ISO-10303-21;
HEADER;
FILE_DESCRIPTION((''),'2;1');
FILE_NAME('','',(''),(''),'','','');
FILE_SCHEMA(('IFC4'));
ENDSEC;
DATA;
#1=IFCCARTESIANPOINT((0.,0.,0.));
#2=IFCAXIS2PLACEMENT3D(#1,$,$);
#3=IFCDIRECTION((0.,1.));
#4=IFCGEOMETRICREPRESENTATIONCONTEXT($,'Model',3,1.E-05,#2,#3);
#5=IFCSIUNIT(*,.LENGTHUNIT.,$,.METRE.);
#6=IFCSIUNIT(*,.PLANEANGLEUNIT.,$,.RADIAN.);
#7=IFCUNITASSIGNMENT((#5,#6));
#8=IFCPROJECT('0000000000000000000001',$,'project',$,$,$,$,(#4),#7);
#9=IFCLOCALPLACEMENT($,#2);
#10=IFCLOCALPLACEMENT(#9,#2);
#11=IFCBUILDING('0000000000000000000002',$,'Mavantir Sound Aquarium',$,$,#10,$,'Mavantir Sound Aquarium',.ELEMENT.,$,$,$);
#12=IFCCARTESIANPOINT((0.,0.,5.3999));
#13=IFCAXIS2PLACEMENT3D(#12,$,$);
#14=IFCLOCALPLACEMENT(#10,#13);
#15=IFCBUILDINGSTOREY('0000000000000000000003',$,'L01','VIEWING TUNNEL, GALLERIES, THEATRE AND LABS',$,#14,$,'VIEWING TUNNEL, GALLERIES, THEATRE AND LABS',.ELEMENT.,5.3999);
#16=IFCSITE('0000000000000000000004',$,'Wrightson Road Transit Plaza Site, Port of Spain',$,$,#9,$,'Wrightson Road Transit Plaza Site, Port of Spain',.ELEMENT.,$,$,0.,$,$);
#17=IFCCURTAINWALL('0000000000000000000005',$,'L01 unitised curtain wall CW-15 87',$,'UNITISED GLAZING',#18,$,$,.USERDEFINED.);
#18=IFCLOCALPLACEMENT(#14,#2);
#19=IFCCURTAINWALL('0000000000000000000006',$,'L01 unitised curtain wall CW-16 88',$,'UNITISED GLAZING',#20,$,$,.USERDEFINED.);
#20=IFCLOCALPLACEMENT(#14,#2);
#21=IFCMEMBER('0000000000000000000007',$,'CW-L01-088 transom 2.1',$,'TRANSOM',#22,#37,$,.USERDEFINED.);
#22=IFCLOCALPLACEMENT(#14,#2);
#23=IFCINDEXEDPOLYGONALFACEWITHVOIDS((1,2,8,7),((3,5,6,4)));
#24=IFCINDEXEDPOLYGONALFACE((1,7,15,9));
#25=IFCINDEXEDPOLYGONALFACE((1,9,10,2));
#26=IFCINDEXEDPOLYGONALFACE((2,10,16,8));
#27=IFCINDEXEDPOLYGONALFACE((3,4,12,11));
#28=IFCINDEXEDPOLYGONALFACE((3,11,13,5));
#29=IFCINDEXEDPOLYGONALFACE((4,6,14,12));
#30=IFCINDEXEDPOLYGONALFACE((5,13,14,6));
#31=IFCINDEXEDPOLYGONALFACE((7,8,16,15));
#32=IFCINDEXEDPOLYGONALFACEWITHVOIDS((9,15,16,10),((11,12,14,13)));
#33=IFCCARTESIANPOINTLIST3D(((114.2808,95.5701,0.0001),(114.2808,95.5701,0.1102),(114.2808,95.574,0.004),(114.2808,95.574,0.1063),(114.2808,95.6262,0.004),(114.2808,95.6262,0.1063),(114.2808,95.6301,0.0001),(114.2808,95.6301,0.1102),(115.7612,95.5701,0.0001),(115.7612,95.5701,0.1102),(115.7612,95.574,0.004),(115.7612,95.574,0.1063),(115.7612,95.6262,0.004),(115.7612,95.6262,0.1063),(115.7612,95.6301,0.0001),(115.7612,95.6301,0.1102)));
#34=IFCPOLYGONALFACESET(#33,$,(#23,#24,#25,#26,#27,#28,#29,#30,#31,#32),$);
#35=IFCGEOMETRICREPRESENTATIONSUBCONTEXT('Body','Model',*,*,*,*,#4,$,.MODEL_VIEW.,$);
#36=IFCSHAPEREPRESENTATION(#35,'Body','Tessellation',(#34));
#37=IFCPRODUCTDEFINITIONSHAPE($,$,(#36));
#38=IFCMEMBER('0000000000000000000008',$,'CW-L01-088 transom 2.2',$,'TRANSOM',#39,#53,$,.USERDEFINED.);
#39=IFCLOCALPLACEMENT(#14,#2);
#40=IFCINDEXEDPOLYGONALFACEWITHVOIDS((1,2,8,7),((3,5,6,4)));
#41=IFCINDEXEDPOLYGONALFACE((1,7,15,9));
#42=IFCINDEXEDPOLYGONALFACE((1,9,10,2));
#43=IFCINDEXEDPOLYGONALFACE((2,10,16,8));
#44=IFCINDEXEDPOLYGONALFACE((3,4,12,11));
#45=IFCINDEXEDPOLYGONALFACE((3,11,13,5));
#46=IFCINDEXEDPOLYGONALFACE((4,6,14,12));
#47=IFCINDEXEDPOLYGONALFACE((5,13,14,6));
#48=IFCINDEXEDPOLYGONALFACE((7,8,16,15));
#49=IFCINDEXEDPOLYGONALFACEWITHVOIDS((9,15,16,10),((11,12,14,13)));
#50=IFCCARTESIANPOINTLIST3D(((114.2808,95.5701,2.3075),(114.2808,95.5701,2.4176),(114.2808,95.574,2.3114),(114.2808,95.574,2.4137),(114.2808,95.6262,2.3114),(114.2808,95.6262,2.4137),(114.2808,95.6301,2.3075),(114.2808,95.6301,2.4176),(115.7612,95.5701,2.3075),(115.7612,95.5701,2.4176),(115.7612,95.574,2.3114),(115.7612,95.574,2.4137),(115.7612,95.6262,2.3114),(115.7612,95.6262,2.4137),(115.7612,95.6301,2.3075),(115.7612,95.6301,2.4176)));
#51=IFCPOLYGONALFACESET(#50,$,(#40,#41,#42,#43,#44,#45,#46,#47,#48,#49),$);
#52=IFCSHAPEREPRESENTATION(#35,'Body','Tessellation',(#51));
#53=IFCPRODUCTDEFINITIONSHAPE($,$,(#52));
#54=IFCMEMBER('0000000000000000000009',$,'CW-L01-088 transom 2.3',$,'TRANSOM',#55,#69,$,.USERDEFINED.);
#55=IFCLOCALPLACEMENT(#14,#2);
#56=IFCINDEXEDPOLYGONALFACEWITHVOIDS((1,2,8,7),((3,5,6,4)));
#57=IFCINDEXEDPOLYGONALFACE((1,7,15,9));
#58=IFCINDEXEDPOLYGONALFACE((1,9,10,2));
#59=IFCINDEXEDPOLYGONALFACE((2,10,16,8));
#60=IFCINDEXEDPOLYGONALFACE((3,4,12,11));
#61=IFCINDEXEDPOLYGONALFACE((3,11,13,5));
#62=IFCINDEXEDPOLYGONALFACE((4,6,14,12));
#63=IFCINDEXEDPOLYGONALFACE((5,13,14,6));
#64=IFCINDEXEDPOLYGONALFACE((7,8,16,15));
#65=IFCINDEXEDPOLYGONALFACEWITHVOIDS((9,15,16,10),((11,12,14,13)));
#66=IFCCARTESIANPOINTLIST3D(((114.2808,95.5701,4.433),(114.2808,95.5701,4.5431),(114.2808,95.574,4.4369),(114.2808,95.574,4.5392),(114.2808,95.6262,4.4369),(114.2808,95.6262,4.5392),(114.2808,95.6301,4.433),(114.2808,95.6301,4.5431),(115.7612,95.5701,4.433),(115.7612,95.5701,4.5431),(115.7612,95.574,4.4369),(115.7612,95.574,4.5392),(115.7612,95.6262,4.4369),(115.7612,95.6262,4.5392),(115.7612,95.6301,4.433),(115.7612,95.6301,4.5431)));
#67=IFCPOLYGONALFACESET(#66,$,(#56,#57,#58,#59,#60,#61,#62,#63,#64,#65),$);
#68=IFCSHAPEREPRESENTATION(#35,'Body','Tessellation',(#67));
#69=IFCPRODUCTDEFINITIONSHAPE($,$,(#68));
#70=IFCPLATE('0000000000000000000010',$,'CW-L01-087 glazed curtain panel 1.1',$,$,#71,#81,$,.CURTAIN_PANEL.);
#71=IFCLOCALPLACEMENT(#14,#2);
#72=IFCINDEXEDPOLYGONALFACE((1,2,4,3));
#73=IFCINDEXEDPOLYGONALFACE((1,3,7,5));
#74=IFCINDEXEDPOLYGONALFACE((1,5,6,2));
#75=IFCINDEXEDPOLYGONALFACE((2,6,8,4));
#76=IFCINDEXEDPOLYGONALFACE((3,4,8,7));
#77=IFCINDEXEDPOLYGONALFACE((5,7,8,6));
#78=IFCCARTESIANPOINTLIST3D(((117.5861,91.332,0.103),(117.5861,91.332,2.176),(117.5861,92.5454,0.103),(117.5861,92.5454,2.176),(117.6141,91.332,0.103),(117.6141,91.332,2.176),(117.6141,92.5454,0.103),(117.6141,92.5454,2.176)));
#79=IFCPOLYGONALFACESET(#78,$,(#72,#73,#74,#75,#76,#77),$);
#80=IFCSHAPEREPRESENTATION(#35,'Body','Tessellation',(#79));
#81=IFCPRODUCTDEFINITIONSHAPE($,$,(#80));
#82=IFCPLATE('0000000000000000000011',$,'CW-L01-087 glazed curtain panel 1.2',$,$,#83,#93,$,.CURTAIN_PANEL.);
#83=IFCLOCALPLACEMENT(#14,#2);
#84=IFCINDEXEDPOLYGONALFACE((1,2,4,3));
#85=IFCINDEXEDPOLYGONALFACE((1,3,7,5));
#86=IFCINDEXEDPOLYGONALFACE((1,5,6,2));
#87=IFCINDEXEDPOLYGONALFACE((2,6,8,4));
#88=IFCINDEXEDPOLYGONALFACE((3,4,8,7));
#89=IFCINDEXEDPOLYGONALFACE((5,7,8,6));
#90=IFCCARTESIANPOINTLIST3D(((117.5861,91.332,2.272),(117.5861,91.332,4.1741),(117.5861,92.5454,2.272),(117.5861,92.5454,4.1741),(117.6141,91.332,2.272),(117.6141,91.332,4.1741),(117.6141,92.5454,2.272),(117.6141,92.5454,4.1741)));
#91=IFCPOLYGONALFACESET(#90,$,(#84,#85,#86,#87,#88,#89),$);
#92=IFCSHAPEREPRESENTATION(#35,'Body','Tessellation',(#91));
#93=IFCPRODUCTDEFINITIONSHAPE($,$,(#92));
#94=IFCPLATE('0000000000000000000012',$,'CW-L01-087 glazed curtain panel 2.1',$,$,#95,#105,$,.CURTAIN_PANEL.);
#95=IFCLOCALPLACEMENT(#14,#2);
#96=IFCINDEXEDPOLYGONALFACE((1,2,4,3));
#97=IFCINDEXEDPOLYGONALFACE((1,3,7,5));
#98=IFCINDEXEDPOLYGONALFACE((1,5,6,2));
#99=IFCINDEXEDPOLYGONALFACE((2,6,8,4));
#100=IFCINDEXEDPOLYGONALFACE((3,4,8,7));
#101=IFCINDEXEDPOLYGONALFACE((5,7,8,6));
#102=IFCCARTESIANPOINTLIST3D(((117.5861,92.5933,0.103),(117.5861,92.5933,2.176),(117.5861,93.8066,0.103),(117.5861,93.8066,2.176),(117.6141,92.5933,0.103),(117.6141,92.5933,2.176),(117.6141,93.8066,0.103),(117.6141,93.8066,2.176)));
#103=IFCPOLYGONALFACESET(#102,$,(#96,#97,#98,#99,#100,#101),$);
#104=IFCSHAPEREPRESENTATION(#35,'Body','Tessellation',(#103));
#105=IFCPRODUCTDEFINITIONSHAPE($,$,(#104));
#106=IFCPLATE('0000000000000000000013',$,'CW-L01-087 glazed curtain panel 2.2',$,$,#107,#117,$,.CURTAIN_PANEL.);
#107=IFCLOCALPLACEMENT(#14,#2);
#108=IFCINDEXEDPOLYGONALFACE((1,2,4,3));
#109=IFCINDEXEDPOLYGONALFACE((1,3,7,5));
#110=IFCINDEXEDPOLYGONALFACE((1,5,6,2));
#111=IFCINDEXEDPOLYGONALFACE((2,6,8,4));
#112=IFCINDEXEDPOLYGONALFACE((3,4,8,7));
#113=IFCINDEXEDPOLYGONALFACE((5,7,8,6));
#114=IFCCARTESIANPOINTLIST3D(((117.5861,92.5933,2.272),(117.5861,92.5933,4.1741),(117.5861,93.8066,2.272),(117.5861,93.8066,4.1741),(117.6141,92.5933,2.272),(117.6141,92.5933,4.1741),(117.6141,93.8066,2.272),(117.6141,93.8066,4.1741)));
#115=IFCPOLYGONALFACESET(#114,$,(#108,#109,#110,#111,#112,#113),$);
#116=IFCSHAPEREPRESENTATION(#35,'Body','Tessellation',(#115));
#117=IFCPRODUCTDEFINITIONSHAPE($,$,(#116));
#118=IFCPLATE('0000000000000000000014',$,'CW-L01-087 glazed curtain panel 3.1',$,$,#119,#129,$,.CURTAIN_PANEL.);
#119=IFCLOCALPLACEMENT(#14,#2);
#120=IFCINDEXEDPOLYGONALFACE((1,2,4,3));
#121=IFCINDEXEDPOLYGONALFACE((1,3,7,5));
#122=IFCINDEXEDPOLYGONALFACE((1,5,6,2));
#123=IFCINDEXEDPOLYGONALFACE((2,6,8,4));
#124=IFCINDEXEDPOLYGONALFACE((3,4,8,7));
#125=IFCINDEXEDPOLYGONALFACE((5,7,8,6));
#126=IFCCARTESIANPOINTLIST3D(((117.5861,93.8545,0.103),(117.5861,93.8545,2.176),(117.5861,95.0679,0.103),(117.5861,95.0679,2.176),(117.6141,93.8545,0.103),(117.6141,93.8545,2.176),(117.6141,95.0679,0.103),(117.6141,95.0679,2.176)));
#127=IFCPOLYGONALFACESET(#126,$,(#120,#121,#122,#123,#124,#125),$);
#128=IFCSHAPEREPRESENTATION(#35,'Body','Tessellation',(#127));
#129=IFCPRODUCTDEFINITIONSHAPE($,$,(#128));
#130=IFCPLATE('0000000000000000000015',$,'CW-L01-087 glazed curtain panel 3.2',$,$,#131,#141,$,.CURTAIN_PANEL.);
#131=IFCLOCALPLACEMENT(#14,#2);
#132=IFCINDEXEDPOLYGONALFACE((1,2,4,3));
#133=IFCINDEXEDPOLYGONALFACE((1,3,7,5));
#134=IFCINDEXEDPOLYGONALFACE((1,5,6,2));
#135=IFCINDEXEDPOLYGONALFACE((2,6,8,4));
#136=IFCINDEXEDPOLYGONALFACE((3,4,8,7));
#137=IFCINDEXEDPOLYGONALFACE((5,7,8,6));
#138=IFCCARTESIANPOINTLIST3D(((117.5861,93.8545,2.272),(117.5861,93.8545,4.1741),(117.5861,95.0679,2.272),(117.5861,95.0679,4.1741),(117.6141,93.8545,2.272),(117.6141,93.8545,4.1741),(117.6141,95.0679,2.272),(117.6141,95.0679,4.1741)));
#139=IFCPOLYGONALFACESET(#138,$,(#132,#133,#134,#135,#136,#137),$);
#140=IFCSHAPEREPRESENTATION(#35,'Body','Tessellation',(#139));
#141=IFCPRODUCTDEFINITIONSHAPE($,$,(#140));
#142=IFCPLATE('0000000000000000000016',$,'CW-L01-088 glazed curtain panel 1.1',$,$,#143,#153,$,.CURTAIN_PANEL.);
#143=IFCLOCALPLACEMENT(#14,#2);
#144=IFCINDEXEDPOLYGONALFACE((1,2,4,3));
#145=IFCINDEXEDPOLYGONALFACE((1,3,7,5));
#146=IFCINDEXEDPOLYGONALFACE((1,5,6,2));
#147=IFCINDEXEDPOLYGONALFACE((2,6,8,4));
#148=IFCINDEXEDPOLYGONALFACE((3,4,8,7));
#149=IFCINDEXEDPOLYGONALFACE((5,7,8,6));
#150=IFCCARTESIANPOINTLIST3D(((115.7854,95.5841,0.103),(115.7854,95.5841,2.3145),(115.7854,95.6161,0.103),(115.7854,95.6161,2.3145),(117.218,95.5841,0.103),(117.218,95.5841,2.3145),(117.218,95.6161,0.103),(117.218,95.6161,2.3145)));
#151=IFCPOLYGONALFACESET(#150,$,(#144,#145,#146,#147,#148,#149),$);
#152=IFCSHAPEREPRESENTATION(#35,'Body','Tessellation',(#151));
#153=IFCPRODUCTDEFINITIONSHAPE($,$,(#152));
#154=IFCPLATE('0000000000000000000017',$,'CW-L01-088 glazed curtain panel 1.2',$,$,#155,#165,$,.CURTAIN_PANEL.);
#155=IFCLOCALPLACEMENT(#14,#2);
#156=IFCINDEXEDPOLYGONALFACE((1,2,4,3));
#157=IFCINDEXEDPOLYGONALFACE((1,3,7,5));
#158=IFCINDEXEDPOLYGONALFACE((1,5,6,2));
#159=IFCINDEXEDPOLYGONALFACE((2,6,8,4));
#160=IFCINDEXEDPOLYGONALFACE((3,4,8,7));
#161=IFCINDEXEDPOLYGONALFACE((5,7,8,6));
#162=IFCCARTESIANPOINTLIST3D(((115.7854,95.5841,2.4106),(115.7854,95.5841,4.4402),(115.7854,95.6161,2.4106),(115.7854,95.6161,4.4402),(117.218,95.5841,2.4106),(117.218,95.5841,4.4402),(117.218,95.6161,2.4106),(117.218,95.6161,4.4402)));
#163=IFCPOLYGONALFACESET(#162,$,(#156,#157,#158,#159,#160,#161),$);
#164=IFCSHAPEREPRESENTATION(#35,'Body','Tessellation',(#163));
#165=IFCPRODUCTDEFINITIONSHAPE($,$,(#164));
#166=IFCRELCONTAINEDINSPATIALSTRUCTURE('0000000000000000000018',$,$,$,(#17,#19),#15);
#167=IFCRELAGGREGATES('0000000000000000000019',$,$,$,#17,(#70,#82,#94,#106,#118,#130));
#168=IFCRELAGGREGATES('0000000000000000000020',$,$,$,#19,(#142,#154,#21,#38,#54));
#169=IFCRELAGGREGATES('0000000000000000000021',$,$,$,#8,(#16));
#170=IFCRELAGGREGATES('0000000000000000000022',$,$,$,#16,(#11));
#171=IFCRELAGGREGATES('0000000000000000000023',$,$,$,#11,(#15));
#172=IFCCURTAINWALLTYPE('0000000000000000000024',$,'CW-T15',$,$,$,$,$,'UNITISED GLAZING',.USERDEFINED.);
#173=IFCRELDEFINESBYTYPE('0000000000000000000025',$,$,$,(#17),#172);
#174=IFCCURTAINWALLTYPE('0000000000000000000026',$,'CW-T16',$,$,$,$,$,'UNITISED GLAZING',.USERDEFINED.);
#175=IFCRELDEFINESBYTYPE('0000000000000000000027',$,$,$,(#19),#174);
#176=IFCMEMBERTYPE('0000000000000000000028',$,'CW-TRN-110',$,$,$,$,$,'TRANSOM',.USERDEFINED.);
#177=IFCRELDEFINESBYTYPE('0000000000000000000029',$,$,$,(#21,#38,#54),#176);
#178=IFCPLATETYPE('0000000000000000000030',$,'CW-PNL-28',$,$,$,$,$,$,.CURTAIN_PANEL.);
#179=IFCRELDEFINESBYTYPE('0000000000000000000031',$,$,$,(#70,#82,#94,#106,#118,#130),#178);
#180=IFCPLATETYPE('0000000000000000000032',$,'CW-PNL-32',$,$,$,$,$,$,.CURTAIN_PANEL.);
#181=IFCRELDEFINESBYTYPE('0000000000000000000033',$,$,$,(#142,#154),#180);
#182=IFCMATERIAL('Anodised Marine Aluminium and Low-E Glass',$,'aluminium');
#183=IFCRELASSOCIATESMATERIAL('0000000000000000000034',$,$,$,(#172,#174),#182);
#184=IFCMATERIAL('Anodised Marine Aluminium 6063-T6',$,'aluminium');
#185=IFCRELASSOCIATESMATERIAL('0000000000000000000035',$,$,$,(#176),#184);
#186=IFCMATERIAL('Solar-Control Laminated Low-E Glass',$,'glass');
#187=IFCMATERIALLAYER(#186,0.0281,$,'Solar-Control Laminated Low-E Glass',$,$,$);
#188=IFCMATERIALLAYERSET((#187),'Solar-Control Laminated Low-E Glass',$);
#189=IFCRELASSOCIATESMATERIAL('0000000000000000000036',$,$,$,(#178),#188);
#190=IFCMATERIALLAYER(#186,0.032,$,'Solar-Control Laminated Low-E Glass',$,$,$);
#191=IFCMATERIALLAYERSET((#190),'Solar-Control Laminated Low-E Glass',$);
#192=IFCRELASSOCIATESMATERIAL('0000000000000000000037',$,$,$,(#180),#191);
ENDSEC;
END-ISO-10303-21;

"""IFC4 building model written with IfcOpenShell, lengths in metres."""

from ifc_helpers import new_model, si_unit, direction, frame, origin, origin_2d, place, context, subcontext, project, spatial, rectangle, hollow_rectangle, extrude, material, layer, layer_set, material_profile, profile_set, type_object, element, aggregate, save


model = new_model("IFC4")

# Units and contexts
model_context = context("Model", 3, precision=1e-05, world=origin(), true_north=direction((0.0, 1.0)))
body_context = subcontext(model_context, "Body", "Model", "MODEL_VIEW")
ifc_project = project(units=[si_unit("LENGTHUNIT", "METRE"), si_unit("PLANEANGLEUNIT", "RADIAN")], contexts=[model_context])

# Site, building, storey
site_placement = place(None, origin())
site = spatial("IfcSite", under=ifc_project, at=site_placement, Name="Wrightson Road Transit Plaza Site, Port of Spain", LongName="Wrightson Road Transit Plaza Site, Port of Spain", CompositionType="ELEMENT", RefElevation=0.0)
building_placement = place(site_placement, origin())
building = spatial("IfcBuilding", under=site, at=building_placement, Name="Mavantir Sound Aquarium", LongName="Mavantir Sound Aquarium", CompositionType="ELEMENT")
storey_placement = place(building_placement, frame((0.0, 0.0, 5.3999)))
storey = spatial("IfcBuildingStorey", under=building, at=storey_placement, Name="L01", Description="VIEWING TUNNEL, GALLERIES, THEATRE AND LABS", LongName="VIEWING TUNNEL, GALLERIES, THEATRE AND LABS", CompositionType="ELEMENT", Elevation=5.3999)

# Curtain wall
ifc_material_1 = material(Name="Anodised Marine Aluminium and Low-E Glass", Category="aluminium")
curtain_wall_type_1 = type_object("IfcCurtainWallType", Name="CW-T15", ElementType="UNITISED GLAZING", PredefinedType="USERDEFINED", material=ifc_material_1)
curtain_wall_1_placement = place(storey_placement, origin())
curtain_wall_1 = element("IfcCurtainWall", 1, at=curtain_wall_1_placement, inside=storey, type_object=curtain_wall_type_1, Name="L01 unitised curtain wall CW-15 87", ObjectType="UNITISED GLAZING", PredefinedType="USERDEFINED")
ifc_material_2 = material(Name="Anodised Marine Aluminium 6063-T6", Category="aluminium")

# Curtain wall
curtain_wall_type_2 = type_object("IfcCurtainWallType", Name="CW-T16", ElementType="UNITISED GLAZING", PredefinedType="USERDEFINED", material=ifc_material_1)
curtain_wall_2_placement = place(storey_placement, origin())
curtain_wall_2 = element("IfcCurtainWall", 2, at=curtain_wall_2_placement, inside=storey, type_object=curtain_wall_type_2, Name="L01 unitised curtain wall CW-16 88", ObjectType="UNITISED GLAZING", PredefinedType="USERDEFINED")

# Members
ifc_material_profile_1 = material_profile(ifc_material_2, hollow_rectangle(XDim=0.0601, YDim=0.1101, WallThickness=0.0039, at=origin_2d()), Name="ALU-TRANSOM-110X60")
ifc_profile_set_1 = profile_set([ifc_material_profile_1], Name="Anodised Marine Aluminium 6063-T6")
member_type_1 = type_object("IfcMemberType", Name="CW-TRN-110", ElementType="TRANSOM", PredefinedType="USERDEFINED", material=ifc_profile_set_1)
member_1_placement = place(storey_placement, frame((115.7612, 95.6001, 0.0552), z_axis=(-1.0, 0.0, 0.0), x_axis=(0.0, -1.0, 0.0)))
member_1 = element("IfcMember", 3, at=member_1_placement, type_object=member_type_1, Name="CW-L01-088 transom 2.1", ObjectType="TRANSOM", PredefinedType="USERDEFINED", context=body_context, shape_type="SweptSolid", body=[
    extrude(hollow_rectangle(XDim=0.0601, YDim=0.1101, WallThickness=0.0039, at=origin_2d()), origin(), (0.0, 0.0, 1.0), 1.4805),
])
member_2_placement = place(storey_placement, frame((115.7612, 95.6001, 2.3625), z_axis=(-1.0, 0.0, 0.0), x_axis=(0.0, -1.0, 0.0)))
member_2 = element("IfcMember", 4, at=member_2_placement, type_object=member_type_1, Name="CW-L01-088 transom 2.2", ObjectType="TRANSOM", PredefinedType="USERDEFINED", context=body_context, shape_type="SweptSolid", body=[
    extrude(hollow_rectangle(XDim=0.0601, YDim=0.1101, WallThickness=0.0039, at=origin_2d()), origin(), (0.0, 0.0, 1.0), 1.4805),
])
member_3_placement = place(storey_placement, frame((115.7612, 95.6001, 4.488), z_axis=(-1.0, 0.0, 0.0), x_axis=(0.0, -1.0, 0.0)))
member_3 = element("IfcMember", 5, at=member_3_placement, type_object=member_type_1, Name="CW-L01-088 transom 2.3", ObjectType="TRANSOM", PredefinedType="USERDEFINED", context=body_context, shape_type="SweptSolid", body=[
    extrude(hollow_rectangle(XDim=0.0601, YDim=0.1101, WallThickness=0.0039, at=origin_2d()), origin(), (0.0, 0.0, 1.0), 1.4805),
])

# Plates
ifc_material_3 = material(Name="Solar-Control Laminated Low-E Glass", Category="glass")
ifc_layer_1 = layer(ifc_material_3, 0.0281, Name="Solar-Control Laminated Low-E Glass")
ifc_layer_set_1 = layer_set([ifc_layer_1], Name="Solar-Control Laminated Low-E Glass")
plate_type_1 = type_object("IfcPlateType", Name="CW-PNL-28", PredefinedType="CURTAIN_PANEL", material=ifc_layer_set_1)
plate_1_placement = place(storey_placement, frame((117.6001, 91.9387, 0.103), z_axis=(0.0, 0.0, 1.0), x_axis=(0.0, 1.0, 0.0)))
plate_1 = element("IfcPlate", 6, at=plate_1_placement, type_object=plate_type_1, Name="CW-L01-087 glazed curtain panel 1.1", PredefinedType="CURTAIN_PANEL", context=body_context, shape_type="SweptSolid", body=[
    extrude(rectangle(XDim=1.2134, YDim=0.0281, at=origin_2d()), origin(), (0.0, 0.0, 1.0), 2.073),
])
plate_2_placement = place(storey_placement, frame((117.6001, 91.9387, 2.272), z_axis=(0.0, 0.0, 1.0), x_axis=(0.0, 1.0, 0.0)))
plate_2 = element("IfcPlate", 7, at=plate_2_placement, type_object=plate_type_1, Name="CW-L01-087 glazed curtain panel 1.2", PredefinedType="CURTAIN_PANEL", context=body_context, shape_type="SweptSolid", body=[
    extrude(rectangle(XDim=1.2134, YDim=0.0281, at=origin_2d()), origin(), (0.0, 0.0, 1.0), 1.9021),
])
plate_3_placement = place(storey_placement, frame((117.6001, 93.2, 0.103), z_axis=(0.0, 0.0, 1.0), x_axis=(0.0, 1.0, 0.0)))
plate_3 = element("IfcPlate", 8, at=plate_3_placement, type_object=plate_type_1, Name="CW-L01-087 glazed curtain panel 2.1", PredefinedType="CURTAIN_PANEL", context=body_context, shape_type="SweptSolid", body=[
    extrude(rectangle(XDim=1.2134, YDim=0.0281, at=origin_2d()), origin(), (0.0, 0.0, 1.0), 2.073),
])
plate_4_placement = place(storey_placement, frame((117.6001, 93.2, 2.272), z_axis=(0.0, 0.0, 1.0), x_axis=(0.0, 1.0, 0.0)))
plate_4 = element("IfcPlate", 9, at=plate_4_placement, type_object=plate_type_1, Name="CW-L01-087 glazed curtain panel 2.2", PredefinedType="CURTAIN_PANEL", context=body_context, shape_type="SweptSolid", body=[
    extrude(rectangle(XDim=1.2134, YDim=0.0281, at=origin_2d()), origin(), (0.0, 0.0, 1.0), 1.9021),
])
plate_5_placement = place(storey_placement, frame((117.6001, 94.4612, 0.103), z_axis=(0.0, 0.0, 1.0), x_axis=(0.0, 1.0, 0.0)))
plate_5 = element("IfcPlate", 10, at=plate_5_placement, type_object=plate_type_1, Name="CW-L01-087 glazed curtain panel 3.1", PredefinedType="CURTAIN_PANEL", context=body_context, shape_type="SweptSolid", body=[
    extrude(rectangle(XDim=1.2134, YDim=0.0281, at=origin_2d()), origin(), (0.0, 0.0, 1.0), 2.073),
])
plate_6_placement = place(storey_placement, frame((117.6001, 94.4612, 2.272), z_axis=(0.0, 0.0, 1.0), x_axis=(0.0, 1.0, 0.0)))
plate_6 = element("IfcPlate", 11, at=plate_6_placement, type_object=plate_type_1, Name="CW-L01-087 glazed curtain panel 3.2", PredefinedType="CURTAIN_PANEL", context=body_context, shape_type="SweptSolid", body=[
    extrude(rectangle(XDim=1.2134, YDim=0.0281, at=origin_2d()), origin(), (0.0, 0.0, 1.0), 1.9021),
])
aggregate(curtain_wall_1, [plate_1, plate_2, plate_3, plate_4, plate_5, plate_6])
ifc_layer_2 = layer(ifc_material_3, 0.032, Name="Solar-Control Laminated Low-E Glass")
ifc_layer_set_2 = layer_set([ifc_layer_2], Name="Solar-Control Laminated Low-E Glass")
plate_type_2 = type_object("IfcPlateType", Name="CW-PNL-32", PredefinedType="CURTAIN_PANEL", material=ifc_layer_set_2)
plate_7_placement = place(storey_placement, frame((116.5017, 95.6001, 0.103), z_axis=(0.0, 0.0, 1.0), x_axis=(-1.0, 0.0, 0.0)))
plate_7 = element("IfcPlate", 12, at=plate_7_placement, type_object=plate_type_2, Name="CW-L01-088 glazed curtain panel 1.1", PredefinedType="CURTAIN_PANEL", context=body_context, shape_type="SweptSolid", body=[
    extrude(rectangle(XDim=1.4326, YDim=0.032, at=origin_2d()), origin(), (0.0, 0.0, 1.0), 2.2114),
])
plate_8_placement = place(storey_placement, frame((116.5017, 95.6001, 2.4106), z_axis=(0.0, 0.0, 1.0), x_axis=(-1.0, 0.0, 0.0)))
plate_8 = element("IfcPlate", 13, at=plate_8_placement, type_object=plate_type_2, Name="CW-L01-088 glazed curtain panel 1.2", PredefinedType="CURTAIN_PANEL", context=body_context, shape_type="SweptSolid", body=[
    extrude(rectangle(XDim=1.4326, YDim=0.032, at=origin_2d()), origin(), (0.0, 0.0, 1.0), 2.0295),
])
aggregate(curtain_wall_2, [plate_7, plate_8, member_1, member_2, member_3])

save(model, "model.ifc")
